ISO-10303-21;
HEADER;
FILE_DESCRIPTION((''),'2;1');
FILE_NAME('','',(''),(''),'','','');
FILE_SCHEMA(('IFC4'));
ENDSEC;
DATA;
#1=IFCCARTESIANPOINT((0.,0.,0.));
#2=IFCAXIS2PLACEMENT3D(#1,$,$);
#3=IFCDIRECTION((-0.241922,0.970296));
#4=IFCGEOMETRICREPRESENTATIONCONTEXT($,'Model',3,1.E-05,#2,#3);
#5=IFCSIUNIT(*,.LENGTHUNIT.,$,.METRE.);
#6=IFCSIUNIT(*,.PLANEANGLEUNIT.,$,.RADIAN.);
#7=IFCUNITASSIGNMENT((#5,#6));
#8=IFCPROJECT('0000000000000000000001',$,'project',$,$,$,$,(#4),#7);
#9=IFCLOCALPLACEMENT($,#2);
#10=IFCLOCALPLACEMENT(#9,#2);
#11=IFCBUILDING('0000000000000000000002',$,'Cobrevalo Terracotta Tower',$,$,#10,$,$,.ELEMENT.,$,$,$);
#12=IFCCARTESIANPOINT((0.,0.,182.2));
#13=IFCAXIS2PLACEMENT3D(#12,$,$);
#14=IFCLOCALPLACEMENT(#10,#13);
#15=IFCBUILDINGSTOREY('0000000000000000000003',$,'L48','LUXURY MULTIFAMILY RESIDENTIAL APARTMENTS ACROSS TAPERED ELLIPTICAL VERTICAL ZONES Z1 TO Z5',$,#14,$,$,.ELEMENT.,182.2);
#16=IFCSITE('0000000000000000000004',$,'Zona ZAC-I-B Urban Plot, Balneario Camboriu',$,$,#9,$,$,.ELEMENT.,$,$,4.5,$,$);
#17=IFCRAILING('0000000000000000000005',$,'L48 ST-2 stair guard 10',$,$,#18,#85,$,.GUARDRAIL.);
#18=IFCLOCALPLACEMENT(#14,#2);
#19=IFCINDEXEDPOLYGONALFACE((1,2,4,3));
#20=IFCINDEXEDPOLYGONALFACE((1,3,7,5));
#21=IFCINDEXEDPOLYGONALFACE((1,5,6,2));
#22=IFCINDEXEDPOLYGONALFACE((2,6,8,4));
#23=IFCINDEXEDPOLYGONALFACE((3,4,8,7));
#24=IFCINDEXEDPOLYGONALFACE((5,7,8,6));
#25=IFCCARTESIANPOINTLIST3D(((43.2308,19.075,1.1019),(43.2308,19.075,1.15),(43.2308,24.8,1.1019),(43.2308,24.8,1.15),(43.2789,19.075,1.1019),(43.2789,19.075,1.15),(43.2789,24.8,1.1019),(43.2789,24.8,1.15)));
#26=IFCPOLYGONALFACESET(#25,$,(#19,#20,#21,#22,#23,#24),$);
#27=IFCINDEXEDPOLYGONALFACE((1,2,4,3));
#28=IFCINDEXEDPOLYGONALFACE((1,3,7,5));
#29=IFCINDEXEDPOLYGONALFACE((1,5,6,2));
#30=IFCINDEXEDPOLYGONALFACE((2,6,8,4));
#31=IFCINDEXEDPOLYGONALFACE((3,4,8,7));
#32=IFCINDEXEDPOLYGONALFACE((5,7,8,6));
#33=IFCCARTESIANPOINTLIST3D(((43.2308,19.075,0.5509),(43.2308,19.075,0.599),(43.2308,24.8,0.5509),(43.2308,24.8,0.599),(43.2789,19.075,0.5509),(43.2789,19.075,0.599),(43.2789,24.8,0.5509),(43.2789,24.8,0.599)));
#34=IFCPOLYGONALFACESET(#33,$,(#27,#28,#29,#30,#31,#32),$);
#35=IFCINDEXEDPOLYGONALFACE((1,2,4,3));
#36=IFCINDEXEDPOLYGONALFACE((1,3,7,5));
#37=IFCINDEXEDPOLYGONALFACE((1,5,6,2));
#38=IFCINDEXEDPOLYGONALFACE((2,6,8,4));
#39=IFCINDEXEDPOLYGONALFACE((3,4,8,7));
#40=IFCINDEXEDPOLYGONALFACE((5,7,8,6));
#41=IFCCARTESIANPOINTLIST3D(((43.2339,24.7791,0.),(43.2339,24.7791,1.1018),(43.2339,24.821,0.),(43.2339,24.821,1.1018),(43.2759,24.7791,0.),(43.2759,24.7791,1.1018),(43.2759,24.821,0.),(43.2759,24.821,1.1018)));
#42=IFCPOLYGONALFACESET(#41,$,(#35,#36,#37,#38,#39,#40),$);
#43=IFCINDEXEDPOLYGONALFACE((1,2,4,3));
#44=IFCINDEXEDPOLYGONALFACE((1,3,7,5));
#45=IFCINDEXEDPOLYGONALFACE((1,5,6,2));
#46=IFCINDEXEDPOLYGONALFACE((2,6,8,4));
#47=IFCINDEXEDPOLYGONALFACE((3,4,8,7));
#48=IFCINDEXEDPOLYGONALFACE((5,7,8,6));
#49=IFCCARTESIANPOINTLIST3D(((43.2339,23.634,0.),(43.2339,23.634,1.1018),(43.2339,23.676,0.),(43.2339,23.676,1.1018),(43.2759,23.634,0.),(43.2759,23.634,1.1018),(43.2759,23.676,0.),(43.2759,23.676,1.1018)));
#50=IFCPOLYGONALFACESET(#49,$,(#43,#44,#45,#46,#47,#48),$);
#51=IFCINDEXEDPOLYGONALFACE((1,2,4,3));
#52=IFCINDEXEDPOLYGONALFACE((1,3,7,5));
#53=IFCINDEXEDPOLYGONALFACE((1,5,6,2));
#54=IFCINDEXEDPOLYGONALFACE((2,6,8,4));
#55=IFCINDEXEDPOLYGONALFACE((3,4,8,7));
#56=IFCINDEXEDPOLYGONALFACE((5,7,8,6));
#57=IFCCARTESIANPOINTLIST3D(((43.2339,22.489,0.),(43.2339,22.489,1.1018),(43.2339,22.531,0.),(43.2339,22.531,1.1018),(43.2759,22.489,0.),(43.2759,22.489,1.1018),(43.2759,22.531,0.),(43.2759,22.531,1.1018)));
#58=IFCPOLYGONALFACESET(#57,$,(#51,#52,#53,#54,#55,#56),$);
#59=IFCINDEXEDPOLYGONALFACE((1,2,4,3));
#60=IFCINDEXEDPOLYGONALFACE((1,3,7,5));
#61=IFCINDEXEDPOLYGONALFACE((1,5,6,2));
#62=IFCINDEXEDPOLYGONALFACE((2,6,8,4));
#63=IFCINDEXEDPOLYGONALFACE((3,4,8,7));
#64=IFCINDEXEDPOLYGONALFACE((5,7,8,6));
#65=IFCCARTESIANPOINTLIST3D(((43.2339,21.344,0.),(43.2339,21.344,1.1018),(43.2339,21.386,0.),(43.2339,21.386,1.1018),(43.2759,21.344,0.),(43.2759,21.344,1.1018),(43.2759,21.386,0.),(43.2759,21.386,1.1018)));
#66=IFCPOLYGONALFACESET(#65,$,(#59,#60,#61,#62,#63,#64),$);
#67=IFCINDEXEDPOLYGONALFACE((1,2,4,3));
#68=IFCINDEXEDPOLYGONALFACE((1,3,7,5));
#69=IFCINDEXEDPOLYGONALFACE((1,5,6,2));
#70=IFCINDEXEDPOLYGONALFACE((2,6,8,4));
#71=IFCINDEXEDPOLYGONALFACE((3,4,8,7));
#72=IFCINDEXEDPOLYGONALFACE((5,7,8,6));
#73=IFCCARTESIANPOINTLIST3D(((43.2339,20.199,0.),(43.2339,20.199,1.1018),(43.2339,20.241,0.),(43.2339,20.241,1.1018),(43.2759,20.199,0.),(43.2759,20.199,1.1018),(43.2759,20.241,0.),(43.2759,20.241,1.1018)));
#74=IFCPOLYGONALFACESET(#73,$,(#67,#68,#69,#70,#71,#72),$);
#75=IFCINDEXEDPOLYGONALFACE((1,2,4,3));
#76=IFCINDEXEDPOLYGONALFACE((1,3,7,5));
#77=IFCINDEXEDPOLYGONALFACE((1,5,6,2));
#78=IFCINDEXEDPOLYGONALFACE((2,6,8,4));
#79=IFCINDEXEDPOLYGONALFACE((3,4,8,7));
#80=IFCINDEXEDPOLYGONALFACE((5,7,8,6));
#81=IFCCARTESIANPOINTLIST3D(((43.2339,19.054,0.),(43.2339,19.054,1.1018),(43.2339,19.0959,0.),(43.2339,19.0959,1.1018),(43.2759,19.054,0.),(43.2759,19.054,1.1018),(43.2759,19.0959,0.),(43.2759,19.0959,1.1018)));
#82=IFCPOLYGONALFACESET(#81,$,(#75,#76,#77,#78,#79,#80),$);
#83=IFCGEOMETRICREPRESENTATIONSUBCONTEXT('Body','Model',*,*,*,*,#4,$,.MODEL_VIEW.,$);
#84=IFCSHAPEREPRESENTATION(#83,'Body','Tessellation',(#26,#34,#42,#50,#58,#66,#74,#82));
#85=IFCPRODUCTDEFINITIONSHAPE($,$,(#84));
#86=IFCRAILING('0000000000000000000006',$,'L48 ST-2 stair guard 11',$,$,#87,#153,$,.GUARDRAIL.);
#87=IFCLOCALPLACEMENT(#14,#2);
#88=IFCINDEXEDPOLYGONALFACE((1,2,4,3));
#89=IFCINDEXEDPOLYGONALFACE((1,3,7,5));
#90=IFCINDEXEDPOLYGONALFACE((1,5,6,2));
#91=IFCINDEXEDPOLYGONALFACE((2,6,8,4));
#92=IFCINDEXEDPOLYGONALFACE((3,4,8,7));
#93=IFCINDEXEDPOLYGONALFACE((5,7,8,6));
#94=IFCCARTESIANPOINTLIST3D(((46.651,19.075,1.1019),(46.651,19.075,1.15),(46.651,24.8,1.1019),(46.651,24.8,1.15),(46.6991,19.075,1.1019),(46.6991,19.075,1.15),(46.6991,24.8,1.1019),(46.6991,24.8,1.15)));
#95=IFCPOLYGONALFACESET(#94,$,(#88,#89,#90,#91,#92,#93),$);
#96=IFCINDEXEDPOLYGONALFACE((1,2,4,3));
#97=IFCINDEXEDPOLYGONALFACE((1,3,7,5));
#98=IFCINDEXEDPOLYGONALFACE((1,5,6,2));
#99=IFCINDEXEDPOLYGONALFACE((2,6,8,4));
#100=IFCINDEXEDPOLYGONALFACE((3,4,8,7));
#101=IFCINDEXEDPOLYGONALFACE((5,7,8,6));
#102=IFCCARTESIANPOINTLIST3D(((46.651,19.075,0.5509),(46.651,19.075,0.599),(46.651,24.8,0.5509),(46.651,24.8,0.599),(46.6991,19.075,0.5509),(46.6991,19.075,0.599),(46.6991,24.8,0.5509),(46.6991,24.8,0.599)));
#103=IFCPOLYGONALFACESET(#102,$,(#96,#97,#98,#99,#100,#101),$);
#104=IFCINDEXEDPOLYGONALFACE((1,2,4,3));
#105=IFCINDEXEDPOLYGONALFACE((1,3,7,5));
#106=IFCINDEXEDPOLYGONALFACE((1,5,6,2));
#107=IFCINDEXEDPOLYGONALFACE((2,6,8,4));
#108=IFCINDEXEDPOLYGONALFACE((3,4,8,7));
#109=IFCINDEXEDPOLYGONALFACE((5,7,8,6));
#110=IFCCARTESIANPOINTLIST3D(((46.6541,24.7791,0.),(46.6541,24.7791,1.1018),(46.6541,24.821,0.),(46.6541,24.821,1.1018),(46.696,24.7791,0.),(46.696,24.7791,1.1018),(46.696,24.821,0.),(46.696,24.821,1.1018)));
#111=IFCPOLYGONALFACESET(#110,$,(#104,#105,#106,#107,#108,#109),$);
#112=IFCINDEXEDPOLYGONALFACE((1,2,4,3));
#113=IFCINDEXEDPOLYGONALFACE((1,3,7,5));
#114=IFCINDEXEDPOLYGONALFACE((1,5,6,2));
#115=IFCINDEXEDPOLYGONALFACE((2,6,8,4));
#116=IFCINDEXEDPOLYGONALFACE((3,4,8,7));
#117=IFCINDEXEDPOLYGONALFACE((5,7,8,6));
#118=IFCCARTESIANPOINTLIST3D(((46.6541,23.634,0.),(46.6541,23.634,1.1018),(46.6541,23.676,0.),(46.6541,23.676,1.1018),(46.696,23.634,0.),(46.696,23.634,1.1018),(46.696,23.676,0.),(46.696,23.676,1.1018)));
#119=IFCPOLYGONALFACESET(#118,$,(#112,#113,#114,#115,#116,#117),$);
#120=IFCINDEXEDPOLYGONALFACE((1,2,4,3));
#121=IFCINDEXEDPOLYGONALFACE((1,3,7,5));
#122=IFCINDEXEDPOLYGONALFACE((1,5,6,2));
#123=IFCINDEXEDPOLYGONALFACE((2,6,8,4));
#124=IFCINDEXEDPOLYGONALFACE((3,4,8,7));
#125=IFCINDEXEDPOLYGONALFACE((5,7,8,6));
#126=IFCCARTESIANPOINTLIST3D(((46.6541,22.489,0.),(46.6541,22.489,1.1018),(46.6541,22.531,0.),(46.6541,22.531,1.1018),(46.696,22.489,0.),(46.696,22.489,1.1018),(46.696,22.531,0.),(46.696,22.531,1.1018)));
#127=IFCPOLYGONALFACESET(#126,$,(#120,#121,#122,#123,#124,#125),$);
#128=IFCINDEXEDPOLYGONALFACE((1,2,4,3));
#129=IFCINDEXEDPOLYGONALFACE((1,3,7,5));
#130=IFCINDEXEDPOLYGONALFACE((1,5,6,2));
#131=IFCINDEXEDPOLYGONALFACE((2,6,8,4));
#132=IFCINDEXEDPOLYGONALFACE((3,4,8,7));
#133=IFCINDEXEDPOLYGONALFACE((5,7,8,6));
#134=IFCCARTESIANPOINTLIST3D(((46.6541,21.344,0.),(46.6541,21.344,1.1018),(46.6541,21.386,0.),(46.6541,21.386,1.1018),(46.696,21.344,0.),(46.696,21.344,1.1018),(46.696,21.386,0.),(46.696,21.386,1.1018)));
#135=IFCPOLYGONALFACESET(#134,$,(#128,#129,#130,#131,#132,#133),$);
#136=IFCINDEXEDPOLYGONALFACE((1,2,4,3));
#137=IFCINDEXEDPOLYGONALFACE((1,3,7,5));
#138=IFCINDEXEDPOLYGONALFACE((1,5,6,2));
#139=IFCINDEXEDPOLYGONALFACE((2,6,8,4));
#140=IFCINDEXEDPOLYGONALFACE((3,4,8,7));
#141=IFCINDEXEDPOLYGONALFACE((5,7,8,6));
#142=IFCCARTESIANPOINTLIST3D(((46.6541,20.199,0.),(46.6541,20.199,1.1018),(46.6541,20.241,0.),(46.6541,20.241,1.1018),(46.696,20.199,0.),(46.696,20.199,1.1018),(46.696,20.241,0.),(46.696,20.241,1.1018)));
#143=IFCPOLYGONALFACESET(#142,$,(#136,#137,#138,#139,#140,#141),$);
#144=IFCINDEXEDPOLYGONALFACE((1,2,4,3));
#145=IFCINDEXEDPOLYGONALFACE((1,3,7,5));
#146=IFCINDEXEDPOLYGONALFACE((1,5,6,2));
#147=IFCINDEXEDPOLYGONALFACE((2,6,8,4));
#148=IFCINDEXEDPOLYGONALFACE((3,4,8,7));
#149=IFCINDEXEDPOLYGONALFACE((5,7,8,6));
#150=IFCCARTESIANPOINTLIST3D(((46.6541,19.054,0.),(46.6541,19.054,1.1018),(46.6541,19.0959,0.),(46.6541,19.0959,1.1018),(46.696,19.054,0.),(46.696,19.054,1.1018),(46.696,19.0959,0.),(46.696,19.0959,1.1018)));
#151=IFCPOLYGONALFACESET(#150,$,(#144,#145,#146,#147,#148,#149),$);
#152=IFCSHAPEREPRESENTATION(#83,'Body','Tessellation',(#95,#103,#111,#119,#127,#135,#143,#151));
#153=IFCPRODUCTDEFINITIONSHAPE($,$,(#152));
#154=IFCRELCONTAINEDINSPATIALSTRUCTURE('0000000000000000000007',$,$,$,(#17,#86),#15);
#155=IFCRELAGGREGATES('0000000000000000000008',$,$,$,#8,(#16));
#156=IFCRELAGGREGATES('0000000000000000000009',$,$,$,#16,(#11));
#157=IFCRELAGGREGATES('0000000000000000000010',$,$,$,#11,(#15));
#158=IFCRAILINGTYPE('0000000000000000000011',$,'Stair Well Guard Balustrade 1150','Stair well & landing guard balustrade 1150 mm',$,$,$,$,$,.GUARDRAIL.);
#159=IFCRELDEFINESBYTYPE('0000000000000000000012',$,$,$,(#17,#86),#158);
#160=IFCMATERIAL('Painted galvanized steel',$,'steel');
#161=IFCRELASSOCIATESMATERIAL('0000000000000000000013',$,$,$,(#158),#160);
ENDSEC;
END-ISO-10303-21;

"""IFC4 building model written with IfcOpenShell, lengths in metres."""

from ifc_helpers import new_model, si_unit, direction, frame, origin, origin_2d, place, context, subcontext, project, spatial, rectangle, extrude, material, type_object, element, save


model = new_model("IFC4")

# Units and contexts
model_context = context("Model", 3, precision=1e-05, world=origin(), true_north=direction((-0.241922, 0.970296)))
body_context = subcontext(model_context, "Body", "Model", "MODEL_VIEW")
ifc_project = project(units=[si_unit("LENGTHUNIT", "METRE"), si_unit("PLANEANGLEUNIT", "RADIAN")], contexts=[model_context])

# Site, building, storey
site_placement = place(None, origin())
site = spatial("IfcSite", under=ifc_project, at=site_placement, Name="Zona ZAC-I-B Urban Plot, Balneario Camboriu", CompositionType="ELEMENT", RefElevation=4.5)
building_placement = place(site_placement, origin())
building = spatial("IfcBuilding", under=site, at=building_placement, Name="Cobrevalo Terracotta Tower", CompositionType="ELEMENT")
storey_placement = place(building_placement, frame((0.0, 0.0, 182.2)))
storey = spatial("IfcBuildingStorey", under=building, at=storey_placement, Name="L48", Description="LUXURY MULTIFAMILY RESIDENTIAL APARTMENTS ACROSS TAPERED ELLIPTICAL VERTICAL ZONES Z1 TO Z5", CompositionType="ELEMENT", Elevation=182.2)

# Railings
ifc_material_1 = material(Name="Painted galvanized steel", Category="steel")
railing_type_1 = type_object("IfcRailingType", Name="Stair Well Guard Balustrade 1150", Description="Stair well & landing guard balustrade 1150 mm", PredefinedType="GUARDRAIL", material=ifc_material_1)
for number, where, name in (
    (1, (43.2549, 24.8, 0.0), "L48 ST-2 stair guard 10"),
    (2, (46.675, 24.8, 0.0), "L48 ST-2 stair guard 11"),
):
    element("IfcRailing", number, at=place(storey_placement, frame(where)), inside=storey, type_object=railing_type_1, Name=name, PredefinedType="GUARDRAIL", context=body_context, shape_type="SweptSolid", body=[
        extrude(rectangle(XDim=0.0481, YDim=0.0481, at=origin_2d()), frame((0.0, 0.0, 1.126), z_axis=(0.0, -1.0, 0.0), x_axis=(1.0, 0.0, 0.0)), (0.0, 0.0, 1.0), 5.7251),
        extrude(rectangle(XDim=0.0481, YDim=0.0481, at=origin_2d()), frame((0.0, 0.0, 0.575), z_axis=(0.0, -1.0, 0.0), x_axis=(1.0, 0.0, 0.0)), (0.0, 0.0, 1.0), 5.7251),
        extrude(rectangle(XDim=0.042, YDim=0.042, at=origin_2d()), origin(), (0.0, 0.0, 1.0), 1.1018),
        extrude(rectangle(XDim=0.042, YDim=0.042, at=origin_2d()), frame((0.0, -1.145, 0.0)), (0.0, 0.0, 1.0), 1.1018),
        extrude(rectangle(XDim=0.042, YDim=0.042, at=origin_2d()), frame((0.0, -2.29, 0.0)), (0.0, 0.0, 1.0), 1.1018),
        extrude(rectangle(XDim=0.042, YDim=0.042, at=origin_2d()), frame((0.0, -3.4351, 0.0)), (0.0, 0.0, 1.0), 1.1018),
        extrude(rectangle(XDim=0.042, YDim=0.042, at=origin_2d()), frame((0.0, -4.5801, 0.0)), (0.0, 0.0, 1.0), 1.1018),
        extrude(rectangle(XDim=0.042, YDim=0.042, at=origin_2d()), frame((0.0, -5.7251, 0.0)), (0.0, 0.0, 1.0), 1.1018),
    ])

save(model, "model.ifc")
